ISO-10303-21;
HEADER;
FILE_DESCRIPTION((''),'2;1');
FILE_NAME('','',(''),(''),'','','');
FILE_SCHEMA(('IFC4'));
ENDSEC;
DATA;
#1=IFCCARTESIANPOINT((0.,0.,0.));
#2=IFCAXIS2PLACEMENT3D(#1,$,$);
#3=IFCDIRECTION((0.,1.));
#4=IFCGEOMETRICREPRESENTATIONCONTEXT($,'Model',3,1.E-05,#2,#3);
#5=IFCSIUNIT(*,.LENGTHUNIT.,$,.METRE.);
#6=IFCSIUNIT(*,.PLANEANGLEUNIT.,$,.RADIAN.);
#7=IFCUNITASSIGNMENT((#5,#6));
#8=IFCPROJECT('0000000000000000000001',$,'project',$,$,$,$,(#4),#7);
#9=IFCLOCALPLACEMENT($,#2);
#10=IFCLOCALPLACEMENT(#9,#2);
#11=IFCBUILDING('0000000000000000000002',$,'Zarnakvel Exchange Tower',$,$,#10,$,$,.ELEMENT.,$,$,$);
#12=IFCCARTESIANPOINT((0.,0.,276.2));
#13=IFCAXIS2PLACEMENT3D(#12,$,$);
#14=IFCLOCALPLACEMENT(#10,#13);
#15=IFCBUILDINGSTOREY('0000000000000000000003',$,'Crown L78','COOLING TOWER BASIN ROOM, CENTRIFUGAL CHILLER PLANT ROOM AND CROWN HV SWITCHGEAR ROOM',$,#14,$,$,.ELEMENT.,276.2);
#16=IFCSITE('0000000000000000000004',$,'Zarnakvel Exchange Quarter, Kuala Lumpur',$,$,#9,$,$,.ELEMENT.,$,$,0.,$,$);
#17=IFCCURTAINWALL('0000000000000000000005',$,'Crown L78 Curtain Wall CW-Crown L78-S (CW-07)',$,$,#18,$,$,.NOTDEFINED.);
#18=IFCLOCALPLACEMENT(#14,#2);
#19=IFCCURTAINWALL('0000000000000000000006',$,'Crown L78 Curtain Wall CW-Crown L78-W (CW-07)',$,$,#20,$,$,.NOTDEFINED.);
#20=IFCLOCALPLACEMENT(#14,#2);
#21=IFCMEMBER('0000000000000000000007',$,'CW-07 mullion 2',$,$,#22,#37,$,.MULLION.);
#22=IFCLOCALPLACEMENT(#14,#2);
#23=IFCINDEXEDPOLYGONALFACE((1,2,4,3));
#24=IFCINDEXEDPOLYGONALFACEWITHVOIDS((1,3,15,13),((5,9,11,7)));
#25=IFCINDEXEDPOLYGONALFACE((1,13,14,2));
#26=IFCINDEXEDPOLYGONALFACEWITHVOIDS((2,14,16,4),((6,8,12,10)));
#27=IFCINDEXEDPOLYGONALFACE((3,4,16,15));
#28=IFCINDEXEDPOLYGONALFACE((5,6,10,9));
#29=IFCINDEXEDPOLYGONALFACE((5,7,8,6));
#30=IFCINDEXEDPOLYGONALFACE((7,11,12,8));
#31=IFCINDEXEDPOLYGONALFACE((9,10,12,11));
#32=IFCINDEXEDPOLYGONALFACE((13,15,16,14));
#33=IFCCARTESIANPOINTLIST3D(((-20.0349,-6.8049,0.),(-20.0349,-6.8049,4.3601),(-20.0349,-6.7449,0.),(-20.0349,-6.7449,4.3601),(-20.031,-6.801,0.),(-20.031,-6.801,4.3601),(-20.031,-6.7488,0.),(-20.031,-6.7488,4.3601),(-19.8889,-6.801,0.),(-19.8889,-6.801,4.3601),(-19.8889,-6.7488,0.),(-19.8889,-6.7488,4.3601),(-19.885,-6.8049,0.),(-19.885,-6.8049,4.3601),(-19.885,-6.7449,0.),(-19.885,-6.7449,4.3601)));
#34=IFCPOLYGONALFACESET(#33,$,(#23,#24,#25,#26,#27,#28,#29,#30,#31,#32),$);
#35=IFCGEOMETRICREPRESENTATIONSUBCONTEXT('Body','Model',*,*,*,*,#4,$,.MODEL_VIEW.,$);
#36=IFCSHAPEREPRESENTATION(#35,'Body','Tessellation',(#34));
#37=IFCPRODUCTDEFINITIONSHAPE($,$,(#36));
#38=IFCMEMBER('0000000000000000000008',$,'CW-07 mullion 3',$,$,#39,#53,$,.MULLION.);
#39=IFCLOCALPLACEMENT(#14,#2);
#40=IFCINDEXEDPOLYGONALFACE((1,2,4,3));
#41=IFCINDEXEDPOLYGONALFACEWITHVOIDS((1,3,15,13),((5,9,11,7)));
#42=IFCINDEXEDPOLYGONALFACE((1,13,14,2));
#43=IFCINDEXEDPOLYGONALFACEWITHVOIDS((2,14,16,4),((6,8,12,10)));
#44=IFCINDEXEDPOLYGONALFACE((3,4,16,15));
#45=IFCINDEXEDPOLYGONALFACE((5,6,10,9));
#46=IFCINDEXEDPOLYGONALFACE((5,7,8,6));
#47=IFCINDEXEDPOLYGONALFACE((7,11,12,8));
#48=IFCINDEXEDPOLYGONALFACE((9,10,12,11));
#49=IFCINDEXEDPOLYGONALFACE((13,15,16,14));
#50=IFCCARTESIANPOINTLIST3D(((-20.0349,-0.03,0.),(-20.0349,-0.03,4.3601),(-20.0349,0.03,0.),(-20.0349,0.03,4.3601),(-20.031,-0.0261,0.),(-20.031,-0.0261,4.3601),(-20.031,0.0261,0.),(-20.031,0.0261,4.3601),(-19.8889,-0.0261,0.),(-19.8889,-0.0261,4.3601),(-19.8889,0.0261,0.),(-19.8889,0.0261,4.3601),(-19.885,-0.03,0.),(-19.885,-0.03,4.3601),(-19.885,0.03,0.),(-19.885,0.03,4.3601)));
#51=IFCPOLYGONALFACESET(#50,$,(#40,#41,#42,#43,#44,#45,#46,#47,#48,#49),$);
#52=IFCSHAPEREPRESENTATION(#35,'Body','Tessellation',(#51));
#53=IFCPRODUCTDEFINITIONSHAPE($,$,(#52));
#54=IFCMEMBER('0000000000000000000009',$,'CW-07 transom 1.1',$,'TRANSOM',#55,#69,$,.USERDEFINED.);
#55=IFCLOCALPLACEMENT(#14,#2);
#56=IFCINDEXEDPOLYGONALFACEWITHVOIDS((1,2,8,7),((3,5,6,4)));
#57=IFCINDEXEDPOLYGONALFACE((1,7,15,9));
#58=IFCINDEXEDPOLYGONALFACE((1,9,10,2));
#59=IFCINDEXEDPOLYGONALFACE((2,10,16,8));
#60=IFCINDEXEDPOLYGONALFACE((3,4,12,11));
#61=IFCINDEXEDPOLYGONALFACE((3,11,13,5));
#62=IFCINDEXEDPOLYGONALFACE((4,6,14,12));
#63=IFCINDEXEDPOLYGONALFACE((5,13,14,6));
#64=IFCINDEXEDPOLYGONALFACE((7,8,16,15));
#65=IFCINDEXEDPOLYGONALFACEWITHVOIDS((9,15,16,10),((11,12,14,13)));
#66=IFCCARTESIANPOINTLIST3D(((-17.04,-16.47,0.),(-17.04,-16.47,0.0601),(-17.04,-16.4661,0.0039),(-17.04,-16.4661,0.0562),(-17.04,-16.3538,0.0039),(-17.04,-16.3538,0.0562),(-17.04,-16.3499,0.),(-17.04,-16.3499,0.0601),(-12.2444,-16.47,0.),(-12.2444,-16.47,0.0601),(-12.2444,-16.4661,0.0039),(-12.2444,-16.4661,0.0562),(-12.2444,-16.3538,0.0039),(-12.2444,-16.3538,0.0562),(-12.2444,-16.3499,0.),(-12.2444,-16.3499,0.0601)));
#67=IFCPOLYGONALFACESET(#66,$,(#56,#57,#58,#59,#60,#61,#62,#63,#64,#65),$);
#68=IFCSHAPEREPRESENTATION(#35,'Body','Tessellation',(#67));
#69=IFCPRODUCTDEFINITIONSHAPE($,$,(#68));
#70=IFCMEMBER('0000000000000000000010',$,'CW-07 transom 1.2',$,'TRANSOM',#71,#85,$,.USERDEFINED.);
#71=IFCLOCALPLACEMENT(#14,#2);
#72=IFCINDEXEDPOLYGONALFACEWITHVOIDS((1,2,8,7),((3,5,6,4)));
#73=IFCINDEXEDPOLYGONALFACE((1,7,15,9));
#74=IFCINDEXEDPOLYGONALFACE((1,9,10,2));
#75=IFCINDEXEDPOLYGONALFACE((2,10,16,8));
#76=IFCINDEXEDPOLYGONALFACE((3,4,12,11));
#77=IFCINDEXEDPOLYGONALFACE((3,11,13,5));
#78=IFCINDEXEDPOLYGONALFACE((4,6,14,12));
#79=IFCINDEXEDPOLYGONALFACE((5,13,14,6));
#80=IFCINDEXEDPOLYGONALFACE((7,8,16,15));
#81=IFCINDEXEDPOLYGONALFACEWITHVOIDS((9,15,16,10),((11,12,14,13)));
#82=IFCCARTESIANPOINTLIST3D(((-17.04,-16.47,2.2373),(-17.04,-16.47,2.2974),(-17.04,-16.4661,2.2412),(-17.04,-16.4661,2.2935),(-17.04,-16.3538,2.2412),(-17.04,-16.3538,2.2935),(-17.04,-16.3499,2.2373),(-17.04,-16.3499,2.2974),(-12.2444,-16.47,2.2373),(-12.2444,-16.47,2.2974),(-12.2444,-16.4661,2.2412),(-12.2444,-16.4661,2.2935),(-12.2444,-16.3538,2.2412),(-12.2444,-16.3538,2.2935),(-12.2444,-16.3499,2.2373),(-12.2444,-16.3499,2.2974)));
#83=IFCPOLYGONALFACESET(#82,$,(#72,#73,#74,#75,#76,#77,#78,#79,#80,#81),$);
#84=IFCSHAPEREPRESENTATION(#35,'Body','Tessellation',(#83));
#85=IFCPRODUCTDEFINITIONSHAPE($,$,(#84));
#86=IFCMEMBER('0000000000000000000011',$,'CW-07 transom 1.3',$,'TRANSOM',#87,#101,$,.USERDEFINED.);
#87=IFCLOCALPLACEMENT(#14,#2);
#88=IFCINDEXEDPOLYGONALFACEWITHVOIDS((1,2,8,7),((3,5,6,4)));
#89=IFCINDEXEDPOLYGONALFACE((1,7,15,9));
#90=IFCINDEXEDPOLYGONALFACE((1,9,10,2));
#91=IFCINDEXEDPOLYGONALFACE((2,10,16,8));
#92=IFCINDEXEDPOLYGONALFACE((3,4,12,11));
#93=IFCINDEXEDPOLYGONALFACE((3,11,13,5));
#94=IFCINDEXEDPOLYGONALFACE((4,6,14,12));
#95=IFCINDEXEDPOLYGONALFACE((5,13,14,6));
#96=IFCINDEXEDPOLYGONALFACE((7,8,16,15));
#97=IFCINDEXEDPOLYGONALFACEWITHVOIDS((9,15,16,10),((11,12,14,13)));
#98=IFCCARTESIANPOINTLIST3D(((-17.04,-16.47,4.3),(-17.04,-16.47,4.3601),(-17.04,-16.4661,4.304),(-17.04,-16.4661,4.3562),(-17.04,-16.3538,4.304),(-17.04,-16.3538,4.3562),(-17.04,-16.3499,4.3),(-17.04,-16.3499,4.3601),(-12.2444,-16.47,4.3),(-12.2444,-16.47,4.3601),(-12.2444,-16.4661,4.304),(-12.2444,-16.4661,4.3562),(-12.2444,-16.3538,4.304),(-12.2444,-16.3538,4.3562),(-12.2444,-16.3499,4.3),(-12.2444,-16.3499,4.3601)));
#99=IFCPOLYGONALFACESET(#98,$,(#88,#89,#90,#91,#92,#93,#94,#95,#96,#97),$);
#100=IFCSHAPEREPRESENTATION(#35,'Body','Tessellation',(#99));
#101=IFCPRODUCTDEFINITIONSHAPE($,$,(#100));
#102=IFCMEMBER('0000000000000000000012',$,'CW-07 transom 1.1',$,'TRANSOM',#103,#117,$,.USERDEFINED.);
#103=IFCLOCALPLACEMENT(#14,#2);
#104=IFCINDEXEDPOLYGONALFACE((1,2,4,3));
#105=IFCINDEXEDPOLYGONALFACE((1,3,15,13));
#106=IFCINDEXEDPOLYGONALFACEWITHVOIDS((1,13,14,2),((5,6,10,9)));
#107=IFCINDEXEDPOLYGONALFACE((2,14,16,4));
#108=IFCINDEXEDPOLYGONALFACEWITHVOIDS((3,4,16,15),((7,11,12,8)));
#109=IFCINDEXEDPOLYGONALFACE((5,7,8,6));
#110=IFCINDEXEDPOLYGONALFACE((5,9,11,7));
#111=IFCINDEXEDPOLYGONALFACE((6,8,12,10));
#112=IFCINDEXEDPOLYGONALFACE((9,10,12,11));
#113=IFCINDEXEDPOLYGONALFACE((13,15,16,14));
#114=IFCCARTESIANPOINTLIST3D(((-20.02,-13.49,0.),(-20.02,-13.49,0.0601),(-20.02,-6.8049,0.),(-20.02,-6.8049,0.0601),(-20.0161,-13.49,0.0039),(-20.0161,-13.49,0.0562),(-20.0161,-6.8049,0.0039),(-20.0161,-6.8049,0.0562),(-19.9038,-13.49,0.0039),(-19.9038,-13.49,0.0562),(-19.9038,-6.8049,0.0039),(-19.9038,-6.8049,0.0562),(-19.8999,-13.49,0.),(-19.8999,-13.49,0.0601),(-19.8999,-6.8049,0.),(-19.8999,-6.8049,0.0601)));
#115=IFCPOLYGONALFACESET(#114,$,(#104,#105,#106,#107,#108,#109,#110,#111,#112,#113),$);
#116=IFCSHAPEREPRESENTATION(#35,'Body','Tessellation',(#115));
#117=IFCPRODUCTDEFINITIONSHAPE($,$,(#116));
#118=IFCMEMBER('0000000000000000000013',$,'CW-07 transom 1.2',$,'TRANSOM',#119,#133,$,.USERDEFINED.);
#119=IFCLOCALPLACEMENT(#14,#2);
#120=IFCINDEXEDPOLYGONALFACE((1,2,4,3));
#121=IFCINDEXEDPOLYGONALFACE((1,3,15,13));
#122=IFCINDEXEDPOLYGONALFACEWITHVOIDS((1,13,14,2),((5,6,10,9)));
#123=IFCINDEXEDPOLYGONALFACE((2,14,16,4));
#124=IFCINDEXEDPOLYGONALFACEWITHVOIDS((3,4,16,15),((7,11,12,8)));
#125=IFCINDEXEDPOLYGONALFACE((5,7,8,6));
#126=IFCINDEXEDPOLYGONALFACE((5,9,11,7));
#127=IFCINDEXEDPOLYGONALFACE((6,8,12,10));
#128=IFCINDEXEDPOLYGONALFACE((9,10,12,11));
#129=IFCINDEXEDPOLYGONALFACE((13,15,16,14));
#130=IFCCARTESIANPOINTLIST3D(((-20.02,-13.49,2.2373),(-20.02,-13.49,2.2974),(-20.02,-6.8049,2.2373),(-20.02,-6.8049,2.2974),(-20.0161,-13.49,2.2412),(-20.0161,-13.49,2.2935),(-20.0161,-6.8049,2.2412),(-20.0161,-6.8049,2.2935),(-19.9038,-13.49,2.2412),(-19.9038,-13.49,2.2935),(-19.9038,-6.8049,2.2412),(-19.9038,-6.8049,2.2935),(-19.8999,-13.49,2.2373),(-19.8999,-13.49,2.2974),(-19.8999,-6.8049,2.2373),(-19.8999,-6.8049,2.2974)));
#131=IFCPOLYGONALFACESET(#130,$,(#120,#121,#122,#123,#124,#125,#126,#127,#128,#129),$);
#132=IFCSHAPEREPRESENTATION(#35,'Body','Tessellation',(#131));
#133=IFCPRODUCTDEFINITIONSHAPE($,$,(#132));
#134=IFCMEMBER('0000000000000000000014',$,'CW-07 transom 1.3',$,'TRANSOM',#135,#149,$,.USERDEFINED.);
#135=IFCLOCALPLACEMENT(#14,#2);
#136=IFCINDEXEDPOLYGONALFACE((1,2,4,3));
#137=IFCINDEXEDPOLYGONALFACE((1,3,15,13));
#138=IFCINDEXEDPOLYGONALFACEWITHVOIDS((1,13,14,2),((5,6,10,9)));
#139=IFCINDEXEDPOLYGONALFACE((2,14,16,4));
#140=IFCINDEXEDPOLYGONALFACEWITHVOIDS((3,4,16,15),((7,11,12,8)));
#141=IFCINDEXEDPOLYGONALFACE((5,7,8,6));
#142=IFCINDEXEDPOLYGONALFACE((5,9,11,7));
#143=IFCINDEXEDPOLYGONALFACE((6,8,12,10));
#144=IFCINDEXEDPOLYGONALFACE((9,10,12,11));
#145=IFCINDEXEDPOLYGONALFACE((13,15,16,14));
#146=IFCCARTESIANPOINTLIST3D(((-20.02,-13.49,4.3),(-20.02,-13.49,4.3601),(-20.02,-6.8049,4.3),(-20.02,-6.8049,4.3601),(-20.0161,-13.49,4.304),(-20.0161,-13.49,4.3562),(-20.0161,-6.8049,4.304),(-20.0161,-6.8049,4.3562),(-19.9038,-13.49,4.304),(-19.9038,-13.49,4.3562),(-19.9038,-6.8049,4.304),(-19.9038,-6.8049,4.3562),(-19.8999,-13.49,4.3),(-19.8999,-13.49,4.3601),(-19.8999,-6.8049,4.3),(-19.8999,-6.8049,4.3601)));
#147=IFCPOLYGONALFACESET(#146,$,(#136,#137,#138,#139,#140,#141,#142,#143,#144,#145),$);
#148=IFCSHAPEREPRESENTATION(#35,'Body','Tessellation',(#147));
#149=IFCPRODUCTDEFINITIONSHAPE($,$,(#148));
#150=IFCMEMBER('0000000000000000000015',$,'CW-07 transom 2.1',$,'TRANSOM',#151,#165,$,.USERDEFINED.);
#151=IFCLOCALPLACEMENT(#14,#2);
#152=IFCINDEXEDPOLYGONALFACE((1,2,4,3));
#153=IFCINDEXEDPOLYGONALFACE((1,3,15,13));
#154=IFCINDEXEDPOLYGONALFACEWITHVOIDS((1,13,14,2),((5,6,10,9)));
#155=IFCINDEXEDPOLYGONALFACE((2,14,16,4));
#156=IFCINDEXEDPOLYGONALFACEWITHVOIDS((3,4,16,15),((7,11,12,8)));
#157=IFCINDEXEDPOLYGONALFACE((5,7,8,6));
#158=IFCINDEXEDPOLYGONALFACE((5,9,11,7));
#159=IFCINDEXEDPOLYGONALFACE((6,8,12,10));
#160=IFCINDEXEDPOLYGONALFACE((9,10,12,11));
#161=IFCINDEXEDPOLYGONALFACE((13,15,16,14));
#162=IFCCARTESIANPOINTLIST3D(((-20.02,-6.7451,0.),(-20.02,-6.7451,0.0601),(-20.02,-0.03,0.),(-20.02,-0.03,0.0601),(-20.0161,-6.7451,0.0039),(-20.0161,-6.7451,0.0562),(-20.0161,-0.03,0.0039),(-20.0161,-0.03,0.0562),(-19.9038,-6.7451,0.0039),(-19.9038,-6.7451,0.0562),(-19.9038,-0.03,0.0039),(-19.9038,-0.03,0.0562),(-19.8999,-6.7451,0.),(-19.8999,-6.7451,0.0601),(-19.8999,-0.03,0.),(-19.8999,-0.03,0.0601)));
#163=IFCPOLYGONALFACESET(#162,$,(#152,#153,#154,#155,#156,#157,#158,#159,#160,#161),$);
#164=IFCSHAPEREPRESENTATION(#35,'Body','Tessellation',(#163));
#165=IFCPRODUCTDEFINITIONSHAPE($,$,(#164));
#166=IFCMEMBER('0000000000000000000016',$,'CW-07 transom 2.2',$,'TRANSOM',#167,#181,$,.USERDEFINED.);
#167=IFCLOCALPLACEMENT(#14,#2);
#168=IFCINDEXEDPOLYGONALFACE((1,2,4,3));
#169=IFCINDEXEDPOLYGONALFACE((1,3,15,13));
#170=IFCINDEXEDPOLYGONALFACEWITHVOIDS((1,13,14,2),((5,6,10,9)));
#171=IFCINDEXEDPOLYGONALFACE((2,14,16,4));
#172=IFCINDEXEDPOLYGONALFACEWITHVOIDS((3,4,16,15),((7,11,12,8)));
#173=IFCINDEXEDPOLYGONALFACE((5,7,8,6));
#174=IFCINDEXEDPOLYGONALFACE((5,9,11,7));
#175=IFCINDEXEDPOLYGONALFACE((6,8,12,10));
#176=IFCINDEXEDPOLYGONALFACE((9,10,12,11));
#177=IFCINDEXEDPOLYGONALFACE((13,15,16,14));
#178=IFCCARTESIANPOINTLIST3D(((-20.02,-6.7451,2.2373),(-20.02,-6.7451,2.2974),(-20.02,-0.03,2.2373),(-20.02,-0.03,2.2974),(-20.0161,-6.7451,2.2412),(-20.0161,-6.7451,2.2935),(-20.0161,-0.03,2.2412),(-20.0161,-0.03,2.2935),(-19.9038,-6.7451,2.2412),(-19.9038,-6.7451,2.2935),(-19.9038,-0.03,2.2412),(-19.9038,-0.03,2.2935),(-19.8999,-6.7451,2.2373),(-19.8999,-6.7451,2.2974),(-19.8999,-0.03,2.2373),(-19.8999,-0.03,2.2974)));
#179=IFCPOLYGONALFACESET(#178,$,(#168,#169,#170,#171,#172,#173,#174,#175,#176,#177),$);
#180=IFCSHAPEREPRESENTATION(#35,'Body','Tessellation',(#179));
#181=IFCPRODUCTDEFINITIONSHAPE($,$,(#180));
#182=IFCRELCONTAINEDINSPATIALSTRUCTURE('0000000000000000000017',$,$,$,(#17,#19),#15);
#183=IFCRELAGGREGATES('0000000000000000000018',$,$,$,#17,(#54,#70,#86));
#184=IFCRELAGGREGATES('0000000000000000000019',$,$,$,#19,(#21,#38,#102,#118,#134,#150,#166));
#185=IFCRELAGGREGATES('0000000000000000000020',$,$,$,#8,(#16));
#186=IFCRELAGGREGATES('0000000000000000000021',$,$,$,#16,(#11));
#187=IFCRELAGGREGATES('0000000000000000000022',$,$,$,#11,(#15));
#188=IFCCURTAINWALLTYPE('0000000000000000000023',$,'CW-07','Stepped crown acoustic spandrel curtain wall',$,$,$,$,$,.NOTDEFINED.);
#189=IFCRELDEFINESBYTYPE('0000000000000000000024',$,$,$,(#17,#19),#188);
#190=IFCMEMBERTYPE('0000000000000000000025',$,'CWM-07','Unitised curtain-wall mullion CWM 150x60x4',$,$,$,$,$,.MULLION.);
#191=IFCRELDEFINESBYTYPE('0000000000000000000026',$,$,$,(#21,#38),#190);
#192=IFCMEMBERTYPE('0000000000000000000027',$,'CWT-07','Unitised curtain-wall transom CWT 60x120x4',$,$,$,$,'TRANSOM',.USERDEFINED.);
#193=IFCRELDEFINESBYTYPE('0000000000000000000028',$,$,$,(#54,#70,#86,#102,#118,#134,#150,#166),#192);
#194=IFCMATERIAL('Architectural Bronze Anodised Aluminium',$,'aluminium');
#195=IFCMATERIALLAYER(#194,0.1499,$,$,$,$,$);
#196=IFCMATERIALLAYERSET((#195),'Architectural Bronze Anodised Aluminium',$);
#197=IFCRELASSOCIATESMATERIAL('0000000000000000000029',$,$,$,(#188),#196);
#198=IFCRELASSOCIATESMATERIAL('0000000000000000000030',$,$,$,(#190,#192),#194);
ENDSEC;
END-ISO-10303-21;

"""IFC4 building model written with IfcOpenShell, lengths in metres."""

from ifc_helpers import new_model, si_unit, direction, frame, origin, origin_2d, place, context, subcontext, project, spatial, hollow_rectangle, extrude, source, transform, mapped, material, layer, layer_set, material_profile, profile_set, type_object, element, aggregate, save


model = new_model("IFC4")

# Units and contexts
model_context = context("Model", 3, precision=1e-05, world=origin(), true_north=direction((0.0, 1.0)))
body_context = subcontext(model_context, "Body", "Model", "MODEL_VIEW")
ifc_project = project(units=[si_unit("LENGTHUNIT", "METRE"), si_unit("PLANEANGLEUNIT", "RADIAN")], contexts=[model_context])

# Site, building, storey
site_placement = place(None, origin())
site = spatial("IfcSite", under=ifc_project, at=site_placement, Name="Zarnakvel Exchange Quarter, Kuala Lumpur", CompositionType="ELEMENT", RefElevation=0.0)
building_placement = place(site_placement, origin())
building = spatial("IfcBuilding", under=site, at=building_placement, Name="Zarnakvel Exchange Tower", CompositionType="ELEMENT")
storey_placement = place(building_placement, frame((0.0, 0.0, 276.2)))
storey = spatial("IfcBuildingStorey", under=building, at=storey_placement, Name="Crown L78", Description="COOLING TOWER BASIN ROOM, CENTRIFUGAL CHILLER PLANT ROOM AND CROWN HV SWITCHGEAR ROOM", CompositionType="ELEMENT", Elevation=276.2)

# Curtain wall
ifc_material_1 = material(Name="Architectural Bronze Anodised Aluminium", Category="aluminium")
ifc_layer_1 = layer(ifc_material_1, 0.1499)
ifc_layer_set_1 = layer_set([ifc_layer_1], Name="Architectural Bronze Anodised Aluminium")
curtain_wall_type = type_object("IfcCurtainWallType", Name="CW-07", Description="Stepped crown acoustic spandrel curtain wall", PredefinedType="NOTDEFINED", material=ifc_layer_set_1)
curtain_wall_1_placement = place(storey_placement, origin())
curtain_wall_1 = element("IfcCurtainWall", 1, at=curtain_wall_1_placement, inside=storey, type_object=curtain_wall_type, Name="Crown L78 Curtain Wall CW-Crown L78-S (CW-07)", PredefinedType="NOTDEFINED")
ifc_material_profile_1 = material_profile(ifc_material_1, hollow_rectangle(XDim=0.1499, YDim=0.0601, WallThickness=0.0039, at=origin_2d()))
ifc_profile_set_1 = profile_set([ifc_material_profile_1], Name="Architectural Bronze Anodised Aluminium")
member_type_1 = type_object("IfcMemberType", Name="CWM-07", Description="Unitised curtain-wall mullion CWM 150x60x4", PredefinedType="MULLION", material=ifc_profile_set_1)
shared_shape_1 = source(origin(), body_context, "Body", "SweptSolid", [
    extrude(hollow_rectangle(XDim=0.1499, YDim=0.0601, WallThickness=0.0039, at=origin_2d()), origin(), (0.0, 0.0, 1.0), 4.3601),
])

# Curtain wall, members
curtain_wall_2_placement = place(storey_placement, origin())
curtain_wall_2 = element("IfcCurtainWall", 2, at=curtain_wall_2_placement, inside=storey, type_object=curtain_wall_type, Name="Crown L78 Curtain Wall CW-Crown L78-W (CW-07)", PredefinedType="NOTDEFINED")
member_1_placement = place(storey_placement, frame((-19.96, -6.7749, 0.0), z_axis=(0.0, 0.0, 1.0), x_axis=(-1.0, 0.0, 0.0)))
member_1 = element("IfcMember", 3, at=member_1_placement, type_object=member_type_1, Name="CW-07 mullion 2", PredefinedType="MULLION", context=body_context, shape_type="MappedRepresentation", body=[
    mapped(shared_shape_1, transform((0.0, 0.0, 0.0), x_axis=(1.0, 0.0, 0.0), y_axis=(0.0, 1.0, 0.0), z_axis=(0.0, 0.0, 1.0), scale=1.0)),
])
member_2_placement = place(storey_placement, frame((-19.96, 0.0, 0.0), z_axis=(0.0, 0.0, 1.0), x_axis=(-1.0, 0.0, 0.0)))
member_2 = element("IfcMember", 4, at=member_2_placement, type_object=member_type_1, Name="CW-07 mullion 3", PredefinedType="MULLION", context=body_context, shape_type="MappedRepresentation", body=[
    mapped(shared_shape_1, transform((0.0, 0.0, 0.0), x_axis=(1.0, 0.0, 0.0), y_axis=(0.0, 1.0, 0.0), z_axis=(0.0, 0.0, 1.0), scale=1.0)),
])

# Members
ifc_material_profile_2 = material_profile(ifc_material_1, hollow_rectangle(XDim=0.1201, YDim=0.0601, WallThickness=0.0039, at=origin_2d()))
ifc_profile_set_2 = profile_set([ifc_material_profile_2], Name="Architectural Bronze Anodised Aluminium")
member_type_2 = type_object("IfcMemberType", Name="CWT-07", Description="Unitised curtain-wall transom CWT 60x120x4", ElementType="TRANSOM", PredefinedType="USERDEFINED", material=ifc_profile_set_2)
shared_shape_2 = source(origin(), body_context, "Body", "SweptSolid", [
    extrude(hollow_rectangle(XDim=0.1201, YDim=0.0601, WallThickness=0.0039, at=origin_2d()), origin(), (0.0, 0.0, 1.0), 4.7957),
])
member_3_placement = place(storey_placement, frame((-17.04, -16.4099, 0.03), z_axis=(1.0, 0.0, 0.0), x_axis=(0.0, 1.0, 0.0)))
member_3 = element("IfcMember", 5, at=member_3_placement, type_object=member_type_2, Name="CW-07 transom 1.1", ObjectType="TRANSOM", PredefinedType="USERDEFINED", context=body_context, shape_type="MappedRepresentation", body=[
    mapped(shared_shape_2, transform((0.0, 0.0, 0.0), x_axis=(1.0, 0.0, 0.0), y_axis=(0.0, 1.0, 0.0), z_axis=(0.0, 0.0, 1.0), scale=1.0)),
])
member_4_placement = place(storey_placement, frame((-17.04, -16.4099, 2.2673), z_axis=(1.0, 0.0, 0.0), x_axis=(0.0, 1.0, 0.0)))
member_4 = element("IfcMember", 6, at=member_4_placement, type_object=member_type_2, Name="CW-07 transom 1.2", ObjectType="TRANSOM", PredefinedType="USERDEFINED", context=body_context, shape_type="MappedRepresentation", body=[
    mapped(shared_shape_2, transform((0.0, 0.0, 0.0), x_axis=(1.0, 0.0, 0.0), y_axis=(0.0, 1.0, 0.0), z_axis=(0.0, 0.0, 1.0), scale=1.0)),
])
member_5_placement = place(storey_placement, frame((-17.04, -16.4099, 4.3301), z_axis=(1.0, 0.0, 0.0), x_axis=(0.0, 1.0, 0.0)))
member_5 = element("IfcMember", 7, at=member_5_placement, type_object=member_type_2, Name="CW-07 transom 1.3", ObjectType="TRANSOM", PredefinedType="USERDEFINED", context=body_context, shape_type="MappedRepresentation", body=[
    mapped(shared_shape_2, transform((0.0, 0.0, 0.0), x_axis=(1.0, 0.0, 0.0), y_axis=(0.0, 1.0, 0.0), z_axis=(0.0, 0.0, 1.0), scale=1.0)),
])
shared_shape_3 = source(origin(), body_context, "Body", "SweptSolid", [
    extrude(hollow_rectangle(XDim=0.1201, YDim=0.0601, WallThickness=0.0039, at=origin_2d()), origin(), (0.0, 0.0, 1.0), 6.6851),
])
member_6_placement = place(storey_placement, frame((-19.96, -13.49, 0.03), z_axis=(0.0, 1.0, 0.0), x_axis=(-1.0, 0.0, 0.0)))
member_6 = element("IfcMember", 8, at=member_6_placement, type_object=member_type_2, Name="CW-07 transom 1.1", ObjectType="TRANSOM", PredefinedType="USERDEFINED", context=body_context, shape_type="MappedRepresentation", body=[
    mapped(shared_shape_3, transform((0.0, 0.0, 0.0), x_axis=(1.0, 0.0, 0.0), y_axis=(0.0, 1.0, 0.0), z_axis=(0.0, 0.0, 1.0), scale=1.0)),
])
member_7_placement = place(storey_placement, frame((-19.96, -13.49, 2.2673), z_axis=(0.0, 1.0, 0.0), x_axis=(-1.0, 0.0, 0.0)))
member_7 = element("IfcMember", 9, at=member_7_placement, type_object=member_type_2, Name="CW-07 transom 1.2", ObjectType="TRANSOM", PredefinedType="USERDEFINED", context=body_context, shape_type="MappedRepresentation", body=[
    mapped(shared_shape_3, transform((0.0, 0.0, 0.0), x_axis=(1.0, 0.0, 0.0), y_axis=(0.0, 1.0, 0.0), z_axis=(0.0, 0.0, 1.0), scale=1.0)),
])
member_8_placement = place(storey_placement, frame((-19.96, -13.49, 4.3301), z_axis=(0.0, 1.0, 0.0), x_axis=(-1.0, 0.0, 0.0)))
member_8 = element("IfcMember", 10, at=member_8_placement, type_object=member_type_2, Name="CW-07 transom 1.3", ObjectType="TRANSOM", PredefinedType="USERDEFINED", context=body_context, shape_type="MappedRepresentation", body=[
    mapped(shared_shape_3, transform((0.0, 0.0, 0.0), x_axis=(1.0, 0.0, 0.0), y_axis=(0.0, 1.0, 0.0), z_axis=(0.0, 0.0, 1.0), scale=1.0)),
])
shared_shape_4 = source(origin(), body_context, "Body", "SweptSolid", [
    extrude(hollow_rectangle(XDim=0.1201, YDim=0.0601, WallThickness=0.0039, at=origin_2d()), origin(), (0.0, 0.0, 1.0), 6.7151),
])
member_9_placement = place(storey_placement, frame((-19.96, -6.7451, 0.03), z_axis=(0.0, 1.0, 0.0), x_axis=(-1.0, 0.0, 0.0)))
member_9 = element("IfcMember", 11, at=member_9_placement, type_object=member_type_2, Name="CW-07 transom 2.1", ObjectType="TRANSOM", PredefinedType="USERDEFINED", context=body_context, shape_type="MappedRepresentation", body=[
    mapped(shared_shape_4, transform((0.0, 0.0, 0.0), x_axis=(1.0, 0.0, 0.0), y_axis=(0.0, 1.0, 0.0), z_axis=(0.0, 0.0, 1.0), scale=1.0)),
])
member_10_placement = place(storey_placement, frame((-19.96, -6.7451, 2.2673), z_axis=(0.0, 1.0, 0.0), x_axis=(-1.0, 0.0, 0.0)))
member_10 = element("IfcMember", 12, at=member_10_placement, type_object=member_type_2, Name="CW-07 transom 2.2", ObjectType="TRANSOM", PredefinedType="USERDEFINED", context=body_context, shape_type="MappedRepresentation", body=[
    mapped(shared_shape_4, transform((0.0, 0.0, 0.0), x_axis=(1.0, 0.0, 0.0), y_axis=(0.0, 1.0, 0.0), z_axis=(0.0, 0.0, 1.0), scale=1.0)),
])

aggregate(curtain_wall_1, [member_3, member_4, member_5])
aggregate(curtain_wall_2, [member_1, member_2, member_6, member_7, member_8, member_9, member_10])

save(model, "model.ifc")
